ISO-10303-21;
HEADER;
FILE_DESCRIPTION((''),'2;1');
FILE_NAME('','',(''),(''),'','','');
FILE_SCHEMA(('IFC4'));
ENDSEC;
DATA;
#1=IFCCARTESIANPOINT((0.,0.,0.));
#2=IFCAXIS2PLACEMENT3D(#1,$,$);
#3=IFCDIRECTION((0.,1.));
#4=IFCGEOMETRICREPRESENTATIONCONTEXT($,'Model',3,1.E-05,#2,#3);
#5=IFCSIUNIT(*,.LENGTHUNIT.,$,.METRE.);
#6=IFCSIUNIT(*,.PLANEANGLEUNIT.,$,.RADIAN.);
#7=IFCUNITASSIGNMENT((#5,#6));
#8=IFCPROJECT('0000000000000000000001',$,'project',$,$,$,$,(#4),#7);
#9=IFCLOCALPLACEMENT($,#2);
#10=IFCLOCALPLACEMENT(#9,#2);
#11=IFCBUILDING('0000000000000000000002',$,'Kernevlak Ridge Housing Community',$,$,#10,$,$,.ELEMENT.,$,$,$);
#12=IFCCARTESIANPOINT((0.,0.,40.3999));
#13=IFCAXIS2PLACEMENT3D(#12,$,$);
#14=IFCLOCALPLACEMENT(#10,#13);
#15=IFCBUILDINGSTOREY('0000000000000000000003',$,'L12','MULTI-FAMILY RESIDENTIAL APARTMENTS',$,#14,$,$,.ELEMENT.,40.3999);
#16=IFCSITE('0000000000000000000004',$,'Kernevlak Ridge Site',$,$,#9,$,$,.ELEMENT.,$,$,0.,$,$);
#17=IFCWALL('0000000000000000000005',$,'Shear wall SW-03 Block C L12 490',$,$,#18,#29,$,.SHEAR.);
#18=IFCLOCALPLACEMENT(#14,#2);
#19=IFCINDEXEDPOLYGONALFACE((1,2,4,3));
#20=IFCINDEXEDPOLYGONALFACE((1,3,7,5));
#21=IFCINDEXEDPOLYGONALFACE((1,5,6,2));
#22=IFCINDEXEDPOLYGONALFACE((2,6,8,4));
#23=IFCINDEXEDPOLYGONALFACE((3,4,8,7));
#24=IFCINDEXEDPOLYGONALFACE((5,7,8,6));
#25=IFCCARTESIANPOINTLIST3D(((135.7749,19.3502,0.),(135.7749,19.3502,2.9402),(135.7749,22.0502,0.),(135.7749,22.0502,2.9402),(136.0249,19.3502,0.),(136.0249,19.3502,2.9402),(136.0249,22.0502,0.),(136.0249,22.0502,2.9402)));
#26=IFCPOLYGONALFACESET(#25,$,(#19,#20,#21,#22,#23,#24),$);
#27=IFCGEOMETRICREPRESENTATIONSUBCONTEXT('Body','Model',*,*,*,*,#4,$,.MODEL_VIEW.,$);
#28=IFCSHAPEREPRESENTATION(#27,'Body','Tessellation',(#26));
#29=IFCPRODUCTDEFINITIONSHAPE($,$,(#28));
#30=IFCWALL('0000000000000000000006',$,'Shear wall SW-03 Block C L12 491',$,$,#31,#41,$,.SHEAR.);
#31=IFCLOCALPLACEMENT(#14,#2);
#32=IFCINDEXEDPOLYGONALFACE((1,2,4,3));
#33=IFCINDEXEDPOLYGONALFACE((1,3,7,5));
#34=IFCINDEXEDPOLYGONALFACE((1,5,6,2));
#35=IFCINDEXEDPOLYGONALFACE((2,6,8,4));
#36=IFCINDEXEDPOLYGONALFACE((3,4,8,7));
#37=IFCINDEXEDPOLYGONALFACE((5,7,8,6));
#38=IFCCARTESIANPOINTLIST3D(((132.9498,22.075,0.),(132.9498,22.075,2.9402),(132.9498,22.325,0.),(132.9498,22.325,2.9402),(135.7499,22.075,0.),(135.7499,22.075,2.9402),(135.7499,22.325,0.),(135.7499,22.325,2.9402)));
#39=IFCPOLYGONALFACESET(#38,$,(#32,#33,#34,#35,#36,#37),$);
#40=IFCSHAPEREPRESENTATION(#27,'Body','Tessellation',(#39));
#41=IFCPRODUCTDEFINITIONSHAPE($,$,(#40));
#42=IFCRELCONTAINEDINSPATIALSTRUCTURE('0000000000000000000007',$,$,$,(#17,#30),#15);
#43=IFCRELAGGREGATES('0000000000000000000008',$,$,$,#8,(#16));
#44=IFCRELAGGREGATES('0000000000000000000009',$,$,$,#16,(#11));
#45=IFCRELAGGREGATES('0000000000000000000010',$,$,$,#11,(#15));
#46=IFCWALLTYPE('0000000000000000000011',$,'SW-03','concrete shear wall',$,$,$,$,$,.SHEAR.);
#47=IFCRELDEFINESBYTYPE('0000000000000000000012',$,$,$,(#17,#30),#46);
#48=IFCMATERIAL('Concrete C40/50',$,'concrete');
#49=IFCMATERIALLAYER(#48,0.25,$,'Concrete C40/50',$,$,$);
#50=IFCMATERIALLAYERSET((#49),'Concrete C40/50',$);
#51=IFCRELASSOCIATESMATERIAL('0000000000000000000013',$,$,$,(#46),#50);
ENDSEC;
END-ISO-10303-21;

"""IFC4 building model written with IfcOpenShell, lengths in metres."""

from ifc_helpers import new_model, si_unit, direction, frame, frame_2d, origin, place, context, subcontext, project, spatial, rectangle, extrude, material, layer, layer_set, type_object, element, save


model = new_model("IFC4")

# Units and contexts
model_context = context("Model", 3, precision=1e-05, world=origin(), true_north=direction((0.0, 1.0)))
body_context = subcontext(model_context, "Body", "Model", "MODEL_VIEW")
ifc_project = project(units=[si_unit("LENGTHUNIT", "METRE"), si_unit("PLANEANGLEUNIT", "RADIAN")], contexts=[model_context])

# Site, building, storey
site_placement = place(None, origin())
site = spatial("IfcSite", under=ifc_project, at=site_placement, Name="Kernevlak Ridge Site", CompositionType="ELEMENT", RefElevation=0.0)
building_placement = place(site_placement, origin())
building = spatial("IfcBuilding", under=site, at=building_placement, Name="Kernevlak Ridge Housing Community", CompositionType="ELEMENT")
storey_placement = place(building_placement, frame((0.0, 0.0, 40.3999)))
storey = spatial("IfcBuildingStorey", under=building, at=storey_placement, Name="L12", Description="MULTI-FAMILY RESIDENTIAL APARTMENTS", CompositionType="ELEMENT", Elevation=40.3999)

# Walls
ifc_material_1 = material(Name="Concrete C40/50", Category="concrete")
ifc_layer_1 = layer(ifc_material_1, 0.25, Name="Concrete C40/50")
ifc_layer_set_1 = layer_set([ifc_layer_1], Name="Concrete C40/50")
wall_type_1 = type_object("IfcWallType", Name="SW-03", Description="concrete shear wall", PredefinedType="SHEAR", material=ifc_layer_set_1)
wall_1_placement = place(storey_placement, frame((135.8999, 19.3501, 0.0), z_axis=(0.0, 0.0, 1.0), x_axis=(0.0, 1.0, 0.0)))
element("IfcWall", 1, at=wall_1_placement, inside=storey, type_object=wall_type_1, Name="Shear wall SW-03 Block C L12 490", PredefinedType="SHEAR", context=body_context, shape_type="SweptSolid", body=[
    extrude(rectangle(XDim=2.7, YDim=0.25, at=frame_2d((1.3501, 0.0))), origin(), (0.0, 0.0, 1.0), 2.9402),
])
wall_2_placement = place(storey_placement, frame((132.95, 22.2, 0.0), z_axis=(0.0, 0.0, 1.0), x_axis=(1.0, 0.0, 0.0)))
element("IfcWall", 2, at=wall_2_placement, inside=storey, type_object=wall_type_1, Name="Shear wall SW-03 Block C L12 491", PredefinedType="SHEAR", context=body_context, shape_type="SweptSolid", body=[
    extrude(rectangle(XDim=2.8, YDim=0.25, at=frame_2d((1.3999, 0.0))), origin(), (0.0, 0.0, 1.0), 2.9402),
])

save(model, "model.ifc")
